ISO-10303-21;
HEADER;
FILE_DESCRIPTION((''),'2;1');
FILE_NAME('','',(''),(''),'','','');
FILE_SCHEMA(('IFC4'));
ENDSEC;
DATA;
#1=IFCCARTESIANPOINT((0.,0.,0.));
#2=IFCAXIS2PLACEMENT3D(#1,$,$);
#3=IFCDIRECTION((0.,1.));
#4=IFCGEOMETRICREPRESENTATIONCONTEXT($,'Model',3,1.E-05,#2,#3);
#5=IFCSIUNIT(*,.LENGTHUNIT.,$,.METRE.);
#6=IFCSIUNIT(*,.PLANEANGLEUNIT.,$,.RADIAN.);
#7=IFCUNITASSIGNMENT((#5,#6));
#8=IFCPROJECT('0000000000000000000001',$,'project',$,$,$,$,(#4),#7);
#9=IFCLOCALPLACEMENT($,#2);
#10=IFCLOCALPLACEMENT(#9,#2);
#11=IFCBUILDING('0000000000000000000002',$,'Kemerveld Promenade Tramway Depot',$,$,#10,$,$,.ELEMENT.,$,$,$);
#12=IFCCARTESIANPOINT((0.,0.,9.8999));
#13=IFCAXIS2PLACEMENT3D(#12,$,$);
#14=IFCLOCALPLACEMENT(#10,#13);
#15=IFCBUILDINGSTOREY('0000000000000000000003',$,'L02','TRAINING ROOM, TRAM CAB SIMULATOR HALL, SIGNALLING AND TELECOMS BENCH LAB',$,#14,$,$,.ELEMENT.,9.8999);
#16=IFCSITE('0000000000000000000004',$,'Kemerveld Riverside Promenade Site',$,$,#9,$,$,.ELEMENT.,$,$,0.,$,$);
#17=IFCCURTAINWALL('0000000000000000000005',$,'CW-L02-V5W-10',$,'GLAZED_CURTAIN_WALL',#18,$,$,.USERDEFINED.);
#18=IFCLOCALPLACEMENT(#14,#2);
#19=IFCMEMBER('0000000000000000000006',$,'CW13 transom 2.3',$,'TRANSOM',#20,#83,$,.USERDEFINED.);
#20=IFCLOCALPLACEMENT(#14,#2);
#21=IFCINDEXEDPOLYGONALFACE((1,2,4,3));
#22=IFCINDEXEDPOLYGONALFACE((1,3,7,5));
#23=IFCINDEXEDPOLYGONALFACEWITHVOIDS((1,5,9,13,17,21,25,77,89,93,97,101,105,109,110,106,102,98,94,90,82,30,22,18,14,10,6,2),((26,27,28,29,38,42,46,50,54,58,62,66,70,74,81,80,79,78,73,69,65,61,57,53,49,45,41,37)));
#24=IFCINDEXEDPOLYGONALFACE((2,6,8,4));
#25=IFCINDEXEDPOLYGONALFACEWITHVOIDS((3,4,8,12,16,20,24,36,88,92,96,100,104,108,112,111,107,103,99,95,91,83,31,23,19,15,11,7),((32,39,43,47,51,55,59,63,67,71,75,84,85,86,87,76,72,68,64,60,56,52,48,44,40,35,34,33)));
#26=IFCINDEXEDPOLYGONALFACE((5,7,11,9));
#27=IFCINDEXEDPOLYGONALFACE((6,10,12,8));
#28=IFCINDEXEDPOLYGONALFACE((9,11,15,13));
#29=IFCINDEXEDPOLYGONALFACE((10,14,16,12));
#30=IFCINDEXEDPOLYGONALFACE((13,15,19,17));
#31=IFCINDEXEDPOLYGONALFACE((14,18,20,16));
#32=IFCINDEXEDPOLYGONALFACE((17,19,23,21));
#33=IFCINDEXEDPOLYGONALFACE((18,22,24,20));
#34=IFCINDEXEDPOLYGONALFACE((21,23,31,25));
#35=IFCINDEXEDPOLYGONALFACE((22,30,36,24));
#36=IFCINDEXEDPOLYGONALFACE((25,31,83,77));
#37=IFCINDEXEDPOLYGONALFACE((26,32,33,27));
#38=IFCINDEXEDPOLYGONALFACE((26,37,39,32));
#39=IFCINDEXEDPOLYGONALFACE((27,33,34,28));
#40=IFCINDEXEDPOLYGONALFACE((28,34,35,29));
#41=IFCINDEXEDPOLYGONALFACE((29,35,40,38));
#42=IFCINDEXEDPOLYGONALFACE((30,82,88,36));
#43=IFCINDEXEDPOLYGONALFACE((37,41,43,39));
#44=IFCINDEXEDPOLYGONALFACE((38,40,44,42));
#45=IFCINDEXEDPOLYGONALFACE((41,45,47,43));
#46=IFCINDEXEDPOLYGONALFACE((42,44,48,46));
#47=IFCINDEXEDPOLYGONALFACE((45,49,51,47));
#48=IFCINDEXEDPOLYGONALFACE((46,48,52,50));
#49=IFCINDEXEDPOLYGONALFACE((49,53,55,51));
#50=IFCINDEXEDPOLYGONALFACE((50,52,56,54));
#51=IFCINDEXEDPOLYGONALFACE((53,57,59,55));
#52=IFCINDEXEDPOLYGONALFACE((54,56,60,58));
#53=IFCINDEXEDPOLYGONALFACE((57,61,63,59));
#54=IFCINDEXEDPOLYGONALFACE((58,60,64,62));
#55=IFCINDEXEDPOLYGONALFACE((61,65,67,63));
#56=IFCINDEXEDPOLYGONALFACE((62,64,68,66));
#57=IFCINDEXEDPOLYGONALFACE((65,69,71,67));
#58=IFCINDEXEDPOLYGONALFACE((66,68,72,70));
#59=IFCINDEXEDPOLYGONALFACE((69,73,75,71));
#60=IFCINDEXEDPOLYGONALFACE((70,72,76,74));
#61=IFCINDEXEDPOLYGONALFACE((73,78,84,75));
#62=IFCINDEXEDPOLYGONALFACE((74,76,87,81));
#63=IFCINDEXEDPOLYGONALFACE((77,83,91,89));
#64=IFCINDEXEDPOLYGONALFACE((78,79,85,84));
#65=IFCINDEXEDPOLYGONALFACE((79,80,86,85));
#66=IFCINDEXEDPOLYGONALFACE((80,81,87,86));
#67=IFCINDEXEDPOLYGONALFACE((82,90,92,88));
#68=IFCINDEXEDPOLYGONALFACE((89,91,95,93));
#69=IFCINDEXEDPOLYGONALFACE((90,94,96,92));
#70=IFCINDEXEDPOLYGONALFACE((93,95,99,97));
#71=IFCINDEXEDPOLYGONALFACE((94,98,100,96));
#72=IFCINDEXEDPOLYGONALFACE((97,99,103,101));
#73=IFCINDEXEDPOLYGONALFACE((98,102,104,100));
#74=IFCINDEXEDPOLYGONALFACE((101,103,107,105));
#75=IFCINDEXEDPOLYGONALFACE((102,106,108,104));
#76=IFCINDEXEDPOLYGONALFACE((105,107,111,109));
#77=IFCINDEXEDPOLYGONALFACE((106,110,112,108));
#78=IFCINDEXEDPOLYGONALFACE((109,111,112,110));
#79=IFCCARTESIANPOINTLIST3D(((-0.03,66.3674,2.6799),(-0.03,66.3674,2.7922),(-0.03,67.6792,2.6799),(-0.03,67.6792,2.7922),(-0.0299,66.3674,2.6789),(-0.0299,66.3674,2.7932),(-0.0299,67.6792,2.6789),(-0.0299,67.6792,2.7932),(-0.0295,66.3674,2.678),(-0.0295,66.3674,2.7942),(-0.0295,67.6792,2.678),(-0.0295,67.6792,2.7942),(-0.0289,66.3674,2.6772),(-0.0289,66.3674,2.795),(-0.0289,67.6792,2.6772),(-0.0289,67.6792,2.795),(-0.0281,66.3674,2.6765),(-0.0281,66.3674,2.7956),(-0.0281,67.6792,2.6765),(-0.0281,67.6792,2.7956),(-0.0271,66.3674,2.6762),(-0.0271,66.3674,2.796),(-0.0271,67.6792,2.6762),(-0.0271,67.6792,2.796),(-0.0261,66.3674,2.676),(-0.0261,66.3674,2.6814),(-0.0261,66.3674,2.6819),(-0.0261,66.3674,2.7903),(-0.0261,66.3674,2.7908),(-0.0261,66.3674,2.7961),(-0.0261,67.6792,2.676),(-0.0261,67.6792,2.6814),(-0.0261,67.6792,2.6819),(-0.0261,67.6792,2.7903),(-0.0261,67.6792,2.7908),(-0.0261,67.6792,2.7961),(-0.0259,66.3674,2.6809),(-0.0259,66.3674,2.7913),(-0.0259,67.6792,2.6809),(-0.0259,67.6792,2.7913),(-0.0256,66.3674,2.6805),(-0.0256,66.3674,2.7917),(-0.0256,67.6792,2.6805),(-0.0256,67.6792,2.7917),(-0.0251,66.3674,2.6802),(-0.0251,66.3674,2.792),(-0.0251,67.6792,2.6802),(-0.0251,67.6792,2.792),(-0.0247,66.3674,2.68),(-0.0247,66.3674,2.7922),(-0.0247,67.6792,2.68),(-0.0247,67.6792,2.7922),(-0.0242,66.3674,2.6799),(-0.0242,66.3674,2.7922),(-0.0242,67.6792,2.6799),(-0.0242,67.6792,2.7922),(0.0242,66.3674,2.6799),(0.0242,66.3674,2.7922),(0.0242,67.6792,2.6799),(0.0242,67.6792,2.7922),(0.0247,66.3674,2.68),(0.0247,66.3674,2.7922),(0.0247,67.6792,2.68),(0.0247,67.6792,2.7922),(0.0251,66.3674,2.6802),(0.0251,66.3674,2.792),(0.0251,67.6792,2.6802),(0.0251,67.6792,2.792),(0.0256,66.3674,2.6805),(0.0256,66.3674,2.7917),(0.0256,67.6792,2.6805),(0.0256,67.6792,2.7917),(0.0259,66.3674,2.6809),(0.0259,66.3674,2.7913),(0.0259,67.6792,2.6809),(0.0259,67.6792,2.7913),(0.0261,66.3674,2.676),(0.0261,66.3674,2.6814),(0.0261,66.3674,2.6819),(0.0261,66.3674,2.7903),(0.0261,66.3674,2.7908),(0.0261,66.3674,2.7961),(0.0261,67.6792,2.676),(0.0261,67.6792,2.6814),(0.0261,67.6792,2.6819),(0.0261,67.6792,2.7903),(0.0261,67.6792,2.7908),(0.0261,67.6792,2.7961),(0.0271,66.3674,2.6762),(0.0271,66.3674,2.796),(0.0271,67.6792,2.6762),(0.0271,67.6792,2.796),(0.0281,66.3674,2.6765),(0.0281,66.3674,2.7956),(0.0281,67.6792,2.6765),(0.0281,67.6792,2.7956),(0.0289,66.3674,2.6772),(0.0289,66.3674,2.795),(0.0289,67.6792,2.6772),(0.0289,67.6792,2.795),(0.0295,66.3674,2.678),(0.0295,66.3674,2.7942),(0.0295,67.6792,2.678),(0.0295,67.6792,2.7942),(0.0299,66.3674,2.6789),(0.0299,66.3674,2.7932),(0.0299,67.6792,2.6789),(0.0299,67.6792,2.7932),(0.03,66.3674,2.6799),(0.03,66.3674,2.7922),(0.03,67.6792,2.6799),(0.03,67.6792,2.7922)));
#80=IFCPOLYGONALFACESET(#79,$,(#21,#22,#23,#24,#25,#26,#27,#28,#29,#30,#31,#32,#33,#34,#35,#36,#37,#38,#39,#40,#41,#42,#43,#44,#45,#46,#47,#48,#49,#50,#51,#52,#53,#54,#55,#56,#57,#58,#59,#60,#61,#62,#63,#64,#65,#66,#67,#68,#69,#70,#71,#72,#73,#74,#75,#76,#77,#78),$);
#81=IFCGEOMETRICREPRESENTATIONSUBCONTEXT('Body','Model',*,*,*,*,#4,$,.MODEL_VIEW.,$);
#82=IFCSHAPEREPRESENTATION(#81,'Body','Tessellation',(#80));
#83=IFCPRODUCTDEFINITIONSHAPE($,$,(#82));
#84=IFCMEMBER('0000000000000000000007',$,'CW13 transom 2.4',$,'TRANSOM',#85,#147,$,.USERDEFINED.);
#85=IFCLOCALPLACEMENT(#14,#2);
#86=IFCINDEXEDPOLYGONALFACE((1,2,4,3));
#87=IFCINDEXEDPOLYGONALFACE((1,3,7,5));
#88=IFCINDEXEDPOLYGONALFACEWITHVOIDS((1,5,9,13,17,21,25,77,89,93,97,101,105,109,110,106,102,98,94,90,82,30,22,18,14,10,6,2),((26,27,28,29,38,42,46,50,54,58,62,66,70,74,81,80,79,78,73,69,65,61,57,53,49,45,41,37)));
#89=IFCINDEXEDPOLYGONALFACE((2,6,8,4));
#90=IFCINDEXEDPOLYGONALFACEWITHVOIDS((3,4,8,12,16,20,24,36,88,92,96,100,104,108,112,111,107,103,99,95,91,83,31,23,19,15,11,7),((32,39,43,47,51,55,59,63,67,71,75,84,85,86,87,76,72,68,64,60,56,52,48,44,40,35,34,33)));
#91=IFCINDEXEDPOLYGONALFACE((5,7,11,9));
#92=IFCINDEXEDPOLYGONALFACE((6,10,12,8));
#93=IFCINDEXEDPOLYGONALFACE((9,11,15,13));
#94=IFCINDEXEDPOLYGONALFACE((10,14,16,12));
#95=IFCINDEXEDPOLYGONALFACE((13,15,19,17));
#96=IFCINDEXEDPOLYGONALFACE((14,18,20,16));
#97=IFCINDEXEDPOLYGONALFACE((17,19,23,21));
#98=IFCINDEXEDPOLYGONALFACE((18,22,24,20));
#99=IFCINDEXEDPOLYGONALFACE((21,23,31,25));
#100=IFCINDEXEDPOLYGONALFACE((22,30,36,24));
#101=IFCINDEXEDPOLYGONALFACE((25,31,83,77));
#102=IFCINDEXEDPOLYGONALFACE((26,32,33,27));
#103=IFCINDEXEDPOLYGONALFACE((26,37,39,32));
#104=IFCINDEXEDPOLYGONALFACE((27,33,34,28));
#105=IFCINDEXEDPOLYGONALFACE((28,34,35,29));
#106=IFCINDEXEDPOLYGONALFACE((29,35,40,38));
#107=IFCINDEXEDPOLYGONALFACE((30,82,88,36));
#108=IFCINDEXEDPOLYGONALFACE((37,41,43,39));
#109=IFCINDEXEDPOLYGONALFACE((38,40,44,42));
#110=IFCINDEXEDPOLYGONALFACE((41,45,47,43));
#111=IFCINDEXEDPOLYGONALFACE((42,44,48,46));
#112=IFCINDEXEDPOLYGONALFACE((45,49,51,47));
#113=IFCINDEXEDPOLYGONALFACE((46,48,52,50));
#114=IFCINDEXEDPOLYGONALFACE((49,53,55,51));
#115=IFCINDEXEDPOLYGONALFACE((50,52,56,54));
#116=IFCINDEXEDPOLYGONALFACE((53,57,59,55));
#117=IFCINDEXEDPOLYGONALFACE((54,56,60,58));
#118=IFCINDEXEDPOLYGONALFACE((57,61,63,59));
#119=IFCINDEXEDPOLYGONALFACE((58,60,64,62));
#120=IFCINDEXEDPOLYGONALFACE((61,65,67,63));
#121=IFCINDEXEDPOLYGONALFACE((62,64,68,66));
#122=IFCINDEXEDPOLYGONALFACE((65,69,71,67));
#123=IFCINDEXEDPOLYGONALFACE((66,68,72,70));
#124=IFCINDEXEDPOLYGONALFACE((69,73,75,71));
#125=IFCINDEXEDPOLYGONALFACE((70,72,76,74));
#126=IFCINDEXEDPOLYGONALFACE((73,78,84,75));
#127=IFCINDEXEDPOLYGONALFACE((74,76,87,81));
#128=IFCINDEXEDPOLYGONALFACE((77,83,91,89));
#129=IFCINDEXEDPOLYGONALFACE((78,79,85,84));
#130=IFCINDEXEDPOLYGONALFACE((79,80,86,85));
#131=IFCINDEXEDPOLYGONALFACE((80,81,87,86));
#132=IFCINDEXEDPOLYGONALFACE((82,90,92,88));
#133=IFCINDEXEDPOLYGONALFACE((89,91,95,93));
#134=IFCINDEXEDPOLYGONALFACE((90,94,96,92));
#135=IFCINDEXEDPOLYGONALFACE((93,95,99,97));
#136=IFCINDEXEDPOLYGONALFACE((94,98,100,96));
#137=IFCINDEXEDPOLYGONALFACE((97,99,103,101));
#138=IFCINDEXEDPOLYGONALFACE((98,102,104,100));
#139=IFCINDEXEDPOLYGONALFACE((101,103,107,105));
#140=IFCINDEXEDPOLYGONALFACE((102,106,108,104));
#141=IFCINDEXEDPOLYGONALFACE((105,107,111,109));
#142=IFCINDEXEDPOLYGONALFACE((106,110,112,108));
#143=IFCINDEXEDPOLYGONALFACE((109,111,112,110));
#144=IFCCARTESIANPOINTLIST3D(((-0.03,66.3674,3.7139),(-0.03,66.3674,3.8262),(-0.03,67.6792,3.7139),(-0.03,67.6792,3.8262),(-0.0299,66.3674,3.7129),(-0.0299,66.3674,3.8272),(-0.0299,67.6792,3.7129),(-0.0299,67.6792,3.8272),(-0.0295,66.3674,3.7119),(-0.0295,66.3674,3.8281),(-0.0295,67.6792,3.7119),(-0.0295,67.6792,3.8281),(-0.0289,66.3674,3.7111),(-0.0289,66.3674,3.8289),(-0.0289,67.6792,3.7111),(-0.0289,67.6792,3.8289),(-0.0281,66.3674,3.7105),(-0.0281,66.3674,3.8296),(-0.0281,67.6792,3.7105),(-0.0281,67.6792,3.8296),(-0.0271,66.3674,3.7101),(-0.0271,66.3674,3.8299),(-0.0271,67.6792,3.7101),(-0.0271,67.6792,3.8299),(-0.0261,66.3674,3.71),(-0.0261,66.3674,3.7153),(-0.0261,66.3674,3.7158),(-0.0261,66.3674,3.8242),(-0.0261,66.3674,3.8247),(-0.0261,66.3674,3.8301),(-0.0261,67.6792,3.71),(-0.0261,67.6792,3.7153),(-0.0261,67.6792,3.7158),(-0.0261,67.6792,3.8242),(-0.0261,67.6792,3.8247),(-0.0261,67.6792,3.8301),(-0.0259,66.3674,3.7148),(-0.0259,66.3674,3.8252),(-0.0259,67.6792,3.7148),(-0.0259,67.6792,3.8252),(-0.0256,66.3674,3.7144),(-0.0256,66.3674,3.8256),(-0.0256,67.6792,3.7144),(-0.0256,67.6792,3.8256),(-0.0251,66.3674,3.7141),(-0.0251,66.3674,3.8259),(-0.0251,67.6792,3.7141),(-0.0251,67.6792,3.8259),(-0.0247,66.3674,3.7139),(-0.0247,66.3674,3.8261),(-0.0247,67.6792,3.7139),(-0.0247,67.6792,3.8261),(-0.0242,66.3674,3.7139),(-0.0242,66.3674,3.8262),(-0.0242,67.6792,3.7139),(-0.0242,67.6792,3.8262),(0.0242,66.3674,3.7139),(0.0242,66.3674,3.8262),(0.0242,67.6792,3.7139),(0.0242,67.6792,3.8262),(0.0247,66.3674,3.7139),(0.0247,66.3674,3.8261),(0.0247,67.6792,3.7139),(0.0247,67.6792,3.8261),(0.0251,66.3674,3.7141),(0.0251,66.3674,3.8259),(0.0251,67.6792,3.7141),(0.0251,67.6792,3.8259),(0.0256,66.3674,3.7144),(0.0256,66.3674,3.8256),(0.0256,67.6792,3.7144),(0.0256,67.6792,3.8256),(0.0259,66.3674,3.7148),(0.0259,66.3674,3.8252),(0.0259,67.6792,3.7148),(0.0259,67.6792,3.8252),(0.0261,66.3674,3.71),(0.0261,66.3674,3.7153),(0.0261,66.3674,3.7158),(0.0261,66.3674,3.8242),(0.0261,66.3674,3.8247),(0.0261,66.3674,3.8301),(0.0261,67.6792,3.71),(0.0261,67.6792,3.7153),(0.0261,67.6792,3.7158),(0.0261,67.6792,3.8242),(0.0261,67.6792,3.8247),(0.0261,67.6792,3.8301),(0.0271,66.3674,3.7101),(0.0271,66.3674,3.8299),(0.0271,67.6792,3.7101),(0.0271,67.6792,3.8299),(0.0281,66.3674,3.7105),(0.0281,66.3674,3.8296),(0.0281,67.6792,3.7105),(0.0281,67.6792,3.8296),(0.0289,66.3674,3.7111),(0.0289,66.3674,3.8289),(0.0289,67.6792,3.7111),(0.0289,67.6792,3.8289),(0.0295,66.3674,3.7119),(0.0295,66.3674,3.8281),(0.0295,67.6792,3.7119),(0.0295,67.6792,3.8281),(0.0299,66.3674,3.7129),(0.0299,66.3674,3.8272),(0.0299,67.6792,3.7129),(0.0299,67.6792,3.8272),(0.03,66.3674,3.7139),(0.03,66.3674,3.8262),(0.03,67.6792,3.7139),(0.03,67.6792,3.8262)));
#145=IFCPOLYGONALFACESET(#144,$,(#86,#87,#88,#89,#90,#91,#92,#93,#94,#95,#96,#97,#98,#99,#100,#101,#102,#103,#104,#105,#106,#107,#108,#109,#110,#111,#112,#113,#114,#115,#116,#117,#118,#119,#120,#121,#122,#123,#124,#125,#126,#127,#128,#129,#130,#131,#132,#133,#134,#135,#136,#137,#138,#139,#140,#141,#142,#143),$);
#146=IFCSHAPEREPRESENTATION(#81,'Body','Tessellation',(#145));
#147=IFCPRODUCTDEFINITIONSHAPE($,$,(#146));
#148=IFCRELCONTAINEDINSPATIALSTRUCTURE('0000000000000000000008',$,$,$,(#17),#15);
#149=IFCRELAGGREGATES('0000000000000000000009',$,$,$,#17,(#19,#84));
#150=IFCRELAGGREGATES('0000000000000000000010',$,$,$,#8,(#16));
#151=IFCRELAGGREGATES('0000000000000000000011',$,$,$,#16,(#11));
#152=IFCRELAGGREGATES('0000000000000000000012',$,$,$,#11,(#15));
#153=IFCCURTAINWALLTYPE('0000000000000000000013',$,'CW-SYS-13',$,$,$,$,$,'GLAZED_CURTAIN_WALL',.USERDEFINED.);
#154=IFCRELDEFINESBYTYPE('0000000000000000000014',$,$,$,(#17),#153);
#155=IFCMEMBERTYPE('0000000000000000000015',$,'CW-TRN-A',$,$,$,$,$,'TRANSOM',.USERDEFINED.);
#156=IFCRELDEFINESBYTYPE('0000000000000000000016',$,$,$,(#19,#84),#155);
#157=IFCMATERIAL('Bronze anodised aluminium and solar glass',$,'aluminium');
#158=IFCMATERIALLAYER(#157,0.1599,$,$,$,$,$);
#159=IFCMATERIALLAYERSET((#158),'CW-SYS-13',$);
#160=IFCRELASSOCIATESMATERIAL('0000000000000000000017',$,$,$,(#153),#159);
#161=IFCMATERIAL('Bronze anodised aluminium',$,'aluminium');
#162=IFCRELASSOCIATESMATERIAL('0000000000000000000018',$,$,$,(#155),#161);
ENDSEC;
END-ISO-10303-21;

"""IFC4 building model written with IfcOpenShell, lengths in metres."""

from ifc_helpers import new_model, si_unit, direction, frame, origin, origin_2d, place, context, subcontext, project, spatial, hollow_rectangle, extrude, material, layer, layer_set, material_profile, profile_set, type_object, element, aggregate, save


model = new_model("IFC4")

# Units and contexts
model_context = context("Model", 3, precision=1e-05, world=origin(), true_north=direction((0.0, 1.0)))
body_context = subcontext(model_context, "Body", "Model", "MODEL_VIEW")
ifc_project = project(units=[si_unit("LENGTHUNIT", "METRE"), si_unit("PLANEANGLEUNIT", "RADIAN")], contexts=[model_context])

# Site, building, storey
site_placement = place(None, origin())
site = spatial("IfcSite", under=ifc_project, at=site_placement, Name="Kemerveld Riverside Promenade Site", CompositionType="ELEMENT", RefElevation=0.0)
building_placement = place(site_placement, origin())
building = spatial("IfcBuilding", under=site, at=building_placement, Name="Kemerveld Promenade Tramway Depot", CompositionType="ELEMENT")
storey_placement = place(building_placement, frame((0.0, 0.0, 9.8999)))
storey = spatial("IfcBuildingStorey", under=building, at=storey_placement, Name="L02", Description="TRAINING ROOM, TRAM CAB SIMULATOR HALL, SIGNALLING AND TELECOMS BENCH LAB", CompositionType="ELEMENT", Elevation=9.8999)

# Curtain wall, members
ifc_material_1 = material(Name="Bronze anodised aluminium and solar glass", Category="aluminium")
ifc_layer_1 = layer(ifc_material_1, 0.1599)
ifc_layer_set_1 = layer_set([ifc_layer_1], Name="CW-SYS-13")
curtain_wall_type = type_object("IfcCurtainWallType", Name="CW-SYS-13", ElementType="GLAZED_CURTAIN_WALL", PredefinedType="USERDEFINED", material=ifc_layer_set_1)
curtain_wall_placement = place(storey_placement, origin())
curtain_wall = element("IfcCurtainWall", 1, at=curtain_wall_placement, inside=storey, type_object=curtain_wall_type, Name="CW-L02-V5W-10", ObjectType="GLAZED_CURTAIN_WALL", PredefinedType="USERDEFINED")
ifc_material_2 = material(Name="Bronze anodised aluminium", Category="aluminium")
ifc_material_profile_1 = material_profile(ifc_material_2, hollow_rectangle(XDim=0.0601, YDim=0.1201, WallThickness=0.0039, InnerFilletRadius=0.002, OuterFilletRadius=0.0039, at=origin_2d()), Name="CW-TRN-120x60")
ifc_profile_set_1 = profile_set([ifc_material_profile_1], Name="Bronze anodised aluminium")
member_type_1 = type_object("IfcMemberType", Name="CW-TRN-A", ElementType="TRANSOM", PredefinedType="USERDEFINED", material=ifc_profile_set_1)
member_1_placement = place(storey_placement, frame((0.0, 66.3674, 2.7361), z_axis=(0.0, 1.0, 0.0), x_axis=(-1.0, 0.0, 0.0)))
member_1 = element("IfcMember", 2, at=member_1_placement, type_object=member_type_1, Name="CW13 transom 2.3", ObjectType="TRANSOM", PredefinedType="USERDEFINED", context=body_context, shape_type="SweptSolid", body=[
    extrude(hollow_rectangle(XDim=0.0601, YDim=0.1201, WallThickness=0.0039, InnerFilletRadius=0.002, OuterFilletRadius=0.0039, at=origin_2d()), origin(), (0.0, 0.0, 1.0), 1.3118),
])
member_2_placement = place(storey_placement, frame((0.0, 66.3674, 3.77), z_axis=(0.0, 1.0, 0.0), x_axis=(-1.0, 0.0, 0.0)))
member_2 = element("IfcMember", 3, at=member_2_placement, type_object=member_type_1, Name="CW13 transom 2.4", ObjectType="TRANSOM", PredefinedType="USERDEFINED", context=body_context, shape_type="SweptSolid", body=[
    extrude(hollow_rectangle(XDim=0.0601, YDim=0.1201, WallThickness=0.0039, InnerFilletRadius=0.002, OuterFilletRadius=0.0039, at=origin_2d()), origin(), (0.0, 0.0, 1.0), 1.3118),
])
aggregate(curtain_wall, [member_1, member_2])

save(model, "model.ifc")
